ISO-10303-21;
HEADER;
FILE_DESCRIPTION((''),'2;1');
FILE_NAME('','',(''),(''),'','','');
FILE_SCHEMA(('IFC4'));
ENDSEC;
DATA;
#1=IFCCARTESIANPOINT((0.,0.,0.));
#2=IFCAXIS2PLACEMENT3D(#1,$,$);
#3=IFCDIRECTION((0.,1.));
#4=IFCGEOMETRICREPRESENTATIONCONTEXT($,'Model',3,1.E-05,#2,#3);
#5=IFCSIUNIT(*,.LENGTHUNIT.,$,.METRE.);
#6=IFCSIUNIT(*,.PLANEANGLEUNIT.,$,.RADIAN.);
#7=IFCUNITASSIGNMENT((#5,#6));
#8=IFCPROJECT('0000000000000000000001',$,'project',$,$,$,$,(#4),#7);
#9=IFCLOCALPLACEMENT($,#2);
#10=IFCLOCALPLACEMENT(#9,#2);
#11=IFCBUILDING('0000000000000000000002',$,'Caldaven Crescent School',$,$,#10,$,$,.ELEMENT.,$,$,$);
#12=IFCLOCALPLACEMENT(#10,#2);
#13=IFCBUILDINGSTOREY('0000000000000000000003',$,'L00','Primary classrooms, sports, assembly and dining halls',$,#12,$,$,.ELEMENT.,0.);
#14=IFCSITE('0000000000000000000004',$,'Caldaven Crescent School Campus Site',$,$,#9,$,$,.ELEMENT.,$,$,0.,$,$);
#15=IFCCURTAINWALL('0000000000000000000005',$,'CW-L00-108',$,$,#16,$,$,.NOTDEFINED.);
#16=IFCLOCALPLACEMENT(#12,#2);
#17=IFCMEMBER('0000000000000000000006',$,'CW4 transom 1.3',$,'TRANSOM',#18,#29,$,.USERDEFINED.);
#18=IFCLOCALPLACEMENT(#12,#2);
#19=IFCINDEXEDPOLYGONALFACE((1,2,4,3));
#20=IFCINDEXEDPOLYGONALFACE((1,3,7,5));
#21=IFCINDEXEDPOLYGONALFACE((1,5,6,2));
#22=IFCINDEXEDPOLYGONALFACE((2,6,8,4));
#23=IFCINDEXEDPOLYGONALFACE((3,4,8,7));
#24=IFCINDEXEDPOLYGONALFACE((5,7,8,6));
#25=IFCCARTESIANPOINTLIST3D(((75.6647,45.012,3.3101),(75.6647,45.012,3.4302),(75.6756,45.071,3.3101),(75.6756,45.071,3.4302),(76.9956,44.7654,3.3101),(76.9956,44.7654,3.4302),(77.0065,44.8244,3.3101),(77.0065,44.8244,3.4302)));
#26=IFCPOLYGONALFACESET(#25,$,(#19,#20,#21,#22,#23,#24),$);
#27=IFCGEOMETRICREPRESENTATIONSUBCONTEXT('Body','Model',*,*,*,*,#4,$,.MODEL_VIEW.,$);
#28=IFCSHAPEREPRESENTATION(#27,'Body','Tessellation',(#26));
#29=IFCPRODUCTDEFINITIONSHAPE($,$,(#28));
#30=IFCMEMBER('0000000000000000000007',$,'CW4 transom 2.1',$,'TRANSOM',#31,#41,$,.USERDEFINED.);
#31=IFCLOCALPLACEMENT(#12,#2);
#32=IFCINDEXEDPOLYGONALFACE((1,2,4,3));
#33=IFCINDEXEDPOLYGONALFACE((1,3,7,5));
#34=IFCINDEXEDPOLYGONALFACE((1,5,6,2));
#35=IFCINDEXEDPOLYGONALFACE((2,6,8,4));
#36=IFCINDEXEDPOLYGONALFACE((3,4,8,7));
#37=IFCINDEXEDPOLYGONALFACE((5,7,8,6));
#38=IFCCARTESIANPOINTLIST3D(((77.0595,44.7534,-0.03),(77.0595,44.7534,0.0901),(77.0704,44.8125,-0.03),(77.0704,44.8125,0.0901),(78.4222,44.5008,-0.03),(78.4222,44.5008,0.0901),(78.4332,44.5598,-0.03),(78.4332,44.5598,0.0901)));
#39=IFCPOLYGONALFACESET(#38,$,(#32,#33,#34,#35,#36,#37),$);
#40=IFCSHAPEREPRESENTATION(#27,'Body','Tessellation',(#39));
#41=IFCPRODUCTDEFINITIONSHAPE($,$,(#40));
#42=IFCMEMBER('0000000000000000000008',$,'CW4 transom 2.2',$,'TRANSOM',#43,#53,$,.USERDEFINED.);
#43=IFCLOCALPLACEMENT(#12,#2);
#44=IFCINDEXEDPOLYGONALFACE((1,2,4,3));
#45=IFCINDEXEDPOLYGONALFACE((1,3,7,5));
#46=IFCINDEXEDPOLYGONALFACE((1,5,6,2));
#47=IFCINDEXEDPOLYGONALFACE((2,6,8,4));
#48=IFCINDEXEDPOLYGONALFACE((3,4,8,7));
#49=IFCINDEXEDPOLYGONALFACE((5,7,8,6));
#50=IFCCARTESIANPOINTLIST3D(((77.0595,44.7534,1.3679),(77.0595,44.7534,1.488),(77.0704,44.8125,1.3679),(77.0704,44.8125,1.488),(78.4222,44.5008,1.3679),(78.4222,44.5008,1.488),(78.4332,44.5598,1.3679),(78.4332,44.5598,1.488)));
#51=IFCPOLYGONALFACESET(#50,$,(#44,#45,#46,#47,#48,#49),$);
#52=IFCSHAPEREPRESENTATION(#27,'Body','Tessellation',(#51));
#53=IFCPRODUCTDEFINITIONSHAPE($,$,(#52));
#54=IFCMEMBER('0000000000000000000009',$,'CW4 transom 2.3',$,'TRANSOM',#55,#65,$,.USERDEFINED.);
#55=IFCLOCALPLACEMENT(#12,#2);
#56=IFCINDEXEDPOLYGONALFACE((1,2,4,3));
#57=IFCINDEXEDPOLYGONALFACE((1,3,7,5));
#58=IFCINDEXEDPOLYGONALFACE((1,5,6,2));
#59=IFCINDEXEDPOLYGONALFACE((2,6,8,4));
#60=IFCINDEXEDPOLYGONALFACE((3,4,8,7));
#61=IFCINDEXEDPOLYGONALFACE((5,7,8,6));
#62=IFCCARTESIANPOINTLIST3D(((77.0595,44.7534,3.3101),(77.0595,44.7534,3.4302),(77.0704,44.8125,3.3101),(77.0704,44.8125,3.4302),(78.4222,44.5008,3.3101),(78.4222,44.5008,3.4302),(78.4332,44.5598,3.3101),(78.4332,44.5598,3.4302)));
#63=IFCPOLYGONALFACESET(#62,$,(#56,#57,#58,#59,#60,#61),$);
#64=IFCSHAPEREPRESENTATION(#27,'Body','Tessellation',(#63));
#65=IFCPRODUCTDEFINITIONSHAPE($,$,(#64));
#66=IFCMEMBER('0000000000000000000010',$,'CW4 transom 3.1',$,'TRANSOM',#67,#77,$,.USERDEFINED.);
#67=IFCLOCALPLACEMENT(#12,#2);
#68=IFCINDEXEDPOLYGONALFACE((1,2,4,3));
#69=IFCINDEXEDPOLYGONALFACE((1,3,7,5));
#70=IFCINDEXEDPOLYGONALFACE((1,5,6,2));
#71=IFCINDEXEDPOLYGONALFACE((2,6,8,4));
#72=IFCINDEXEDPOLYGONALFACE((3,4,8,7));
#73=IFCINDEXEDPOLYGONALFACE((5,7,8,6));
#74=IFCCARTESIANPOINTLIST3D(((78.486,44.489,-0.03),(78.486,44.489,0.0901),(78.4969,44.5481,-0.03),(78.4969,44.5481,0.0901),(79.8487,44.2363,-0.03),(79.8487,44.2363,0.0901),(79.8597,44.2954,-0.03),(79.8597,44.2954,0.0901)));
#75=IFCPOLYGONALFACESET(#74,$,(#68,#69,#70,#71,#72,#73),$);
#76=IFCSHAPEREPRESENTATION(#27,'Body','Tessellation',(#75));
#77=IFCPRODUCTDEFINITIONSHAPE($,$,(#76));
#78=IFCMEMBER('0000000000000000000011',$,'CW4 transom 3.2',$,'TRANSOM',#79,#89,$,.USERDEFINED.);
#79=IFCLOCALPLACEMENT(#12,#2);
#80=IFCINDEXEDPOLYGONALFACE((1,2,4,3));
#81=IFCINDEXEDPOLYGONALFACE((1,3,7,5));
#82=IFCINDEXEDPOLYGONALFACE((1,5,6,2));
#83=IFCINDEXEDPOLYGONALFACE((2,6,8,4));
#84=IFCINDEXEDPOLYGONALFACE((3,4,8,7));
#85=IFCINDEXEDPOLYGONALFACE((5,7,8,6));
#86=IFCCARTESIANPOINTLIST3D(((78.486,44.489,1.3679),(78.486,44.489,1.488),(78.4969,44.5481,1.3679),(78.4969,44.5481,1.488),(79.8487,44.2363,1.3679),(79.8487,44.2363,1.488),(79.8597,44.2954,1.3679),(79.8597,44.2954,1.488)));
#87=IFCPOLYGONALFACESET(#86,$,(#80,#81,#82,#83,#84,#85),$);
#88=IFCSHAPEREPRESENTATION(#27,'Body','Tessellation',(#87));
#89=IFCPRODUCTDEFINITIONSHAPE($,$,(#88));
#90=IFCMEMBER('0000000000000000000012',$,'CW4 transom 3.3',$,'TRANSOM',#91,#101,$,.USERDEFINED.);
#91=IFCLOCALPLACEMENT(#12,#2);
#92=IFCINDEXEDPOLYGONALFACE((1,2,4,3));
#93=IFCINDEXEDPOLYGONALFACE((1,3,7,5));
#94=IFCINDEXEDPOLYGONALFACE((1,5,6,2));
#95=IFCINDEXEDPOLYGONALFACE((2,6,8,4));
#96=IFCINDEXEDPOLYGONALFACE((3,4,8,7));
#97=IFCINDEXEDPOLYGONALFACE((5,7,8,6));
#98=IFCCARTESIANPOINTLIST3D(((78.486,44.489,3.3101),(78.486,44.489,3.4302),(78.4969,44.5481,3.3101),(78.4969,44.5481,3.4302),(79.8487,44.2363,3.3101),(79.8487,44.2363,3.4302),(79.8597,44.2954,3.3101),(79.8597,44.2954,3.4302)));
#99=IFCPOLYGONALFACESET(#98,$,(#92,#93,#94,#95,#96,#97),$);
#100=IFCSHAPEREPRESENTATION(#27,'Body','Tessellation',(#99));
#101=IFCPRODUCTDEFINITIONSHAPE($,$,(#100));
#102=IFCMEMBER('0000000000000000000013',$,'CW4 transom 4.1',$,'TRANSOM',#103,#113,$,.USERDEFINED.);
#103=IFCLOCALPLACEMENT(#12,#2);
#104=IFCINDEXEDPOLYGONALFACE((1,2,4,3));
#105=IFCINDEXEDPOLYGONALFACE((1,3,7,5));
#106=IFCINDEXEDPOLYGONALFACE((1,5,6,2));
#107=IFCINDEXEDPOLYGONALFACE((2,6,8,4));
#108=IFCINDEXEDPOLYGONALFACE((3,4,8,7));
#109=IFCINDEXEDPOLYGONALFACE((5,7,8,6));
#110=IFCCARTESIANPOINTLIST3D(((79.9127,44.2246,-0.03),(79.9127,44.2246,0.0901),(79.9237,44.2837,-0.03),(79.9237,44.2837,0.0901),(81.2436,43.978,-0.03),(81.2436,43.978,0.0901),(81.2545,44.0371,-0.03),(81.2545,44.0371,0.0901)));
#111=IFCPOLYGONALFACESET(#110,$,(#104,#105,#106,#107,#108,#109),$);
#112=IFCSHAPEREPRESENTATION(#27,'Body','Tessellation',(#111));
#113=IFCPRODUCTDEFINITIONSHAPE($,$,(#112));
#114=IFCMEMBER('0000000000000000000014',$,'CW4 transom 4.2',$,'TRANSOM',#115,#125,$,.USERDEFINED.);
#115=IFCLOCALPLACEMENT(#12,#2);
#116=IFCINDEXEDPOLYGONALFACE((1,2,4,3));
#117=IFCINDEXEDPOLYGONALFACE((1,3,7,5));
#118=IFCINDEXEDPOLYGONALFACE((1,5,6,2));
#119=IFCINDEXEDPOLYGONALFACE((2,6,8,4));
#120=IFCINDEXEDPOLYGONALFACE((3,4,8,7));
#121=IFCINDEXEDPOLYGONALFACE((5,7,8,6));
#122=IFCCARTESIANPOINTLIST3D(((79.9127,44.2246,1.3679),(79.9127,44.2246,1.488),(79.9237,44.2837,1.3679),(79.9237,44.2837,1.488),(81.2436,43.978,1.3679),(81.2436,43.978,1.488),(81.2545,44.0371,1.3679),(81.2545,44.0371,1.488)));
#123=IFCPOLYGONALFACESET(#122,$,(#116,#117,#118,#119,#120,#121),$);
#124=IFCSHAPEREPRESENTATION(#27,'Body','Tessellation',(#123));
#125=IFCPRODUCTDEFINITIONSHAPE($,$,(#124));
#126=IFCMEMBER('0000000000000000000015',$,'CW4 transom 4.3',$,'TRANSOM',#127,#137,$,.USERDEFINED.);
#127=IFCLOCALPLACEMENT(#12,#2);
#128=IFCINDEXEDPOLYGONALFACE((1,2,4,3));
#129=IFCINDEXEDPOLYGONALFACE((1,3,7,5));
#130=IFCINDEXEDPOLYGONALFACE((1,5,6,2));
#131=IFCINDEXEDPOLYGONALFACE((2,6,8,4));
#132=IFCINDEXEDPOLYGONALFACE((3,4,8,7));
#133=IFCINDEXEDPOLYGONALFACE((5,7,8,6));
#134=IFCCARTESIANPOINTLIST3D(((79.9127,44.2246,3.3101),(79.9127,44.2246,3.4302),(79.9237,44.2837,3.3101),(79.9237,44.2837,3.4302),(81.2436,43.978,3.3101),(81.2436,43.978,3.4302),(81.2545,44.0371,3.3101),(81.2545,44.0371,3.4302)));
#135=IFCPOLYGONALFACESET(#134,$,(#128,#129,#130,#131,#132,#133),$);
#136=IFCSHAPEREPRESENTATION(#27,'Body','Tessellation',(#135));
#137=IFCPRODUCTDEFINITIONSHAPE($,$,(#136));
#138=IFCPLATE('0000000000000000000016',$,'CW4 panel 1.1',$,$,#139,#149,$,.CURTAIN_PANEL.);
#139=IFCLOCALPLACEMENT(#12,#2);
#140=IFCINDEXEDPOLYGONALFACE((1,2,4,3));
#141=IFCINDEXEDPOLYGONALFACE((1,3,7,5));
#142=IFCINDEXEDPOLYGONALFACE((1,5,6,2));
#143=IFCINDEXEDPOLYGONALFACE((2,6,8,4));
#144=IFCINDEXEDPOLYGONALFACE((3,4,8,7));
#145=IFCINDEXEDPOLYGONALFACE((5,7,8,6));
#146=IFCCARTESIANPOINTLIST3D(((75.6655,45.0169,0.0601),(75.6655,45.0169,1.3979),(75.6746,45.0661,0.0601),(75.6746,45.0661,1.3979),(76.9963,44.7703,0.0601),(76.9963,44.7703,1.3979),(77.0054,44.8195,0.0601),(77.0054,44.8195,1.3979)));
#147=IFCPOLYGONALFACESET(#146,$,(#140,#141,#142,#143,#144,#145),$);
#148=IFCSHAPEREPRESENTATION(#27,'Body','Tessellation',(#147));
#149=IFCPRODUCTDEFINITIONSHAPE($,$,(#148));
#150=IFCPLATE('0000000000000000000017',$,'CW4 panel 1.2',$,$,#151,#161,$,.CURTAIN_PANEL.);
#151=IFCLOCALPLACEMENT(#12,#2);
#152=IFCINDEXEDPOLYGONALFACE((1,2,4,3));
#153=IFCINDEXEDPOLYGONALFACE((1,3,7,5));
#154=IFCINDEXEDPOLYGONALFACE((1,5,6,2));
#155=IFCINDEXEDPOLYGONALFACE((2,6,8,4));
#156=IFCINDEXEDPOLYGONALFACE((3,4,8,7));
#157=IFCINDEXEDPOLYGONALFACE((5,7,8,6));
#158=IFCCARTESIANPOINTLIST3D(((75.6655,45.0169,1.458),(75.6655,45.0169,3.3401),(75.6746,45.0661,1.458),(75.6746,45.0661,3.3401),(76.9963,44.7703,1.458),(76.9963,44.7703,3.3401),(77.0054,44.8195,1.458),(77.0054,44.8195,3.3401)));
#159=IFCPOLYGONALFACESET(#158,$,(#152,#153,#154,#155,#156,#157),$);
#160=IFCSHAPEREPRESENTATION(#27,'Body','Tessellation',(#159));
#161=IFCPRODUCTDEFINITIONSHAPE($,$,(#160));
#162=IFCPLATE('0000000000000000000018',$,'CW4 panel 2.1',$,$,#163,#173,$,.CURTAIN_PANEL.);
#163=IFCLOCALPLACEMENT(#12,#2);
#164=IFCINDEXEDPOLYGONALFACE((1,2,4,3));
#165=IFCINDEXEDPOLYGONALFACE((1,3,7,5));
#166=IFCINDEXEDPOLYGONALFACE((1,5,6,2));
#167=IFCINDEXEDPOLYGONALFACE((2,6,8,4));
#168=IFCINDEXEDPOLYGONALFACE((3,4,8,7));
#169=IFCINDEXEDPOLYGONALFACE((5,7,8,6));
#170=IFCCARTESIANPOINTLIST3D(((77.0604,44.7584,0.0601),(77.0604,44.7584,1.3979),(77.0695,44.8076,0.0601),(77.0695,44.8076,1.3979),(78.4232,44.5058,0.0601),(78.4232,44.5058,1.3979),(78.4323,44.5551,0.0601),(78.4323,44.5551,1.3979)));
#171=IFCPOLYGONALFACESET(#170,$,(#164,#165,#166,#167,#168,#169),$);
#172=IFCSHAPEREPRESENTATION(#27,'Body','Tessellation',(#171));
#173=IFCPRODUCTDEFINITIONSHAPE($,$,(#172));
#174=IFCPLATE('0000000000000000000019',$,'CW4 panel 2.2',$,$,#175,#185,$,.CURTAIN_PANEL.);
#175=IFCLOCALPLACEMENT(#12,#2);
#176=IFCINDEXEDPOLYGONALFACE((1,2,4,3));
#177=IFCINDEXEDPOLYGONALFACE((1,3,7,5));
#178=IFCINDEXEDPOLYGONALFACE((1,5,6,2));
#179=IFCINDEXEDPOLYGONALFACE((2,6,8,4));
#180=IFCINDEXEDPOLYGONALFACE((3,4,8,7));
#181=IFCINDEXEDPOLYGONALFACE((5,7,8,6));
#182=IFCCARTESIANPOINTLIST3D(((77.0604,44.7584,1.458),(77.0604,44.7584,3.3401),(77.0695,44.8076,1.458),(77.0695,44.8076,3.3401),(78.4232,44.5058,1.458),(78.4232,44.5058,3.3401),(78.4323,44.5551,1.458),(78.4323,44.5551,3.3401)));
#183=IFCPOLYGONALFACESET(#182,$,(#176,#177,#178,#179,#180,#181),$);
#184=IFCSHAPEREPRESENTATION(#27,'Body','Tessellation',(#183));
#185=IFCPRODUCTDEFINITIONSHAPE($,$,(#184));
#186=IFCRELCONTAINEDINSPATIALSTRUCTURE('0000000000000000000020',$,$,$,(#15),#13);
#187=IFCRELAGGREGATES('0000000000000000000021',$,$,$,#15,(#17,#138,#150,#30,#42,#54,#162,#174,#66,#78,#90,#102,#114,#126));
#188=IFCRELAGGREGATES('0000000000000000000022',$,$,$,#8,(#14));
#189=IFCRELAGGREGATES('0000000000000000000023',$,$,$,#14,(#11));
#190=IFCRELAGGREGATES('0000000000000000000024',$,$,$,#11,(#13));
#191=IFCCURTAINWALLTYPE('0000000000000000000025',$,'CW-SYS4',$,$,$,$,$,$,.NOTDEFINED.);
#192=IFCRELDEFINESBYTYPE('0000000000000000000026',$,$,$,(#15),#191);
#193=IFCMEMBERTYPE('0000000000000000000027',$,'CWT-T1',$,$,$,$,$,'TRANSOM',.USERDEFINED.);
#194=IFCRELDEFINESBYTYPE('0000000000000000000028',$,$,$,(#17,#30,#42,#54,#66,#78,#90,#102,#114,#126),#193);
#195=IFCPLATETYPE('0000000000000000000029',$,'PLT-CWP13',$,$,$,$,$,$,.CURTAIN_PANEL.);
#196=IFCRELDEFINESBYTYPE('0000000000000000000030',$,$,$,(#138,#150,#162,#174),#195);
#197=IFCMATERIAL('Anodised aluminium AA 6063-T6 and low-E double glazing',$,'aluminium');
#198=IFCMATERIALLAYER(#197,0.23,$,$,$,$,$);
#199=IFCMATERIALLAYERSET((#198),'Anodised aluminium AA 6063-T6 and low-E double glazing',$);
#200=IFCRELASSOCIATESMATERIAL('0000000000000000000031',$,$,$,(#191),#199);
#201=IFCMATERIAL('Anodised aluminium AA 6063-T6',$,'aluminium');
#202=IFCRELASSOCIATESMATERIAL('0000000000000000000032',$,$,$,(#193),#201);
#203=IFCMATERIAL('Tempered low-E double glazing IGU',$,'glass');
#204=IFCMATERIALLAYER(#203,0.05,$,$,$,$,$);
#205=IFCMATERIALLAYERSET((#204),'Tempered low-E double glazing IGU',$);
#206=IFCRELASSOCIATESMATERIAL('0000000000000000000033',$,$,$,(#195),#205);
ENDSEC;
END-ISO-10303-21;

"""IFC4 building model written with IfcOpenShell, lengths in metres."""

from ifc_helpers import new_model, si_unit, direction, frame, origin, origin_2d, place, context, subcontext, project, spatial, rectangle, extrude, material, layer, layer_set, material_profile, profile_set, type_object, element, aggregate, save


model = new_model("IFC4")

# Units and contexts
model_context = context("Model", 3, precision=1e-05, world=origin(), true_north=direction((0.0, 1.0)))
body_context = subcontext(model_context, "Body", "Model", "MODEL_VIEW")
ifc_project = project(units=[si_unit("LENGTHUNIT", "METRE"), si_unit("PLANEANGLEUNIT", "RADIAN")], contexts=[model_context])

# Site, building, storey
site_placement = place(None, origin())
site = spatial("IfcSite", under=ifc_project, at=site_placement, Name="Caldaven Crescent School Campus Site", CompositionType="ELEMENT", RefElevation=0.0)
building_placement = place(site_placement, origin())
building = spatial("IfcBuilding", under=site, at=building_placement, Name="Caldaven Crescent School", CompositionType="ELEMENT")
storey_placement = place(building_placement, origin())
storey = spatial("IfcBuildingStorey", under=building, at=storey_placement, Name="L00", Description="Primary classrooms, sports, assembly and dining halls", CompositionType="ELEMENT", Elevation=0.0)

# Curtain wall, members, plates
ifc_material_1 = material(Name="Anodised aluminium AA 6063-T6 and low-E double glazing", Category="aluminium")
ifc_layer_1 = layer(ifc_material_1, 0.23)
ifc_layer_set_1 = layer_set([ifc_layer_1], Name="Anodised aluminium AA 6063-T6 and low-E double glazing")
curtain_wall_type = type_object("IfcCurtainWallType", Name="CW-SYS4", PredefinedType="NOTDEFINED", material=ifc_layer_set_1)
curtain_wall_placement = place(storey_placement, origin())
curtain_wall = element("IfcCurtainWall", 1, at=curtain_wall_placement, inside=storey, type_object=curtain_wall_type, Name="CW-L00-108", PredefinedType="NOTDEFINED")
ifc_material_2 = material(Name="Anodised aluminium AA 6063-T6", Category="aluminium")
ifc_material_profile_1 = material_profile(ifc_material_2, rectangle(XDim=0.0601, YDim=0.1201, at=origin_2d()), Name="CWT 60x120")
ifc_profile_set_1 = profile_set([ifc_material_profile_1], Name="Anodised aluminium AA 6063-T6")
member_type_1 = type_object("IfcMemberType", Name="CWT-T1", ElementType="TRANSOM", PredefinedType="USERDEFINED", material=ifc_profile_set_1)
member_1_placement = place(storey_placement, frame((75.6702, 45.0415, 3.3701), z_axis=(0.983264, -0.182186, 0.0), x_axis=(0.182186, 0.983264, 0.0)))
member_1 = element("IfcMember", 2, at=member_1_placement, type_object=member_type_1, Name="CW4 transom 1.3", ObjectType="TRANSOM", PredefinedType="USERDEFINED", context=body_context, shape_type="SweptSolid", body=[
    extrude(rectangle(XDim=0.0601, YDim=0.1201, at=origin_2d()), origin(), (0.0, 0.0, 1.0), 1.3535),
])
member_2_placement = place(storey_placement, frame((77.0649, 44.783, 0.03), z_axis=(0.983241, -0.18231, 0.0), x_axis=(0.18231, 0.983241, 0.0)))
member_2 = element("IfcMember", 3, at=member_2_placement, type_object=member_type_1, Name="CW4 transom 2.1", ObjectType="TRANSOM", PredefinedType="USERDEFINED", context=body_context, shape_type="SweptSolid", body=[
    extrude(rectangle(XDim=0.0601, YDim=0.1201, at=origin_2d()), origin(), (0.0, 0.0, 1.0), 1.386),
])
member_3_placement = place(storey_placement, frame((77.0649, 44.783, 1.428), z_axis=(0.983241, -0.18231, 0.0), x_axis=(0.18231, 0.983241, 0.0)))
member_3 = element("IfcMember", 4, at=member_3_placement, type_object=member_type_1, Name="CW4 transom 2.2", ObjectType="TRANSOM", PredefinedType="USERDEFINED", context=body_context, shape_type="SweptSolid", body=[
    extrude(rectangle(XDim=0.0601, YDim=0.1201, at=origin_2d()), origin(), (0.0, 0.0, 1.0), 1.386),
])
member_4_placement = place(storey_placement, frame((77.0649, 44.783, 3.3701), z_axis=(0.983241, -0.18231, 0.0), x_axis=(0.18231, 0.983241, 0.0)))
member_4 = element("IfcMember", 5, at=member_4_placement, type_object=member_type_1, Name="CW4 transom 2.3", ObjectType="TRANSOM", PredefinedType="USERDEFINED", context=body_context, shape_type="SweptSolid", body=[
    extrude(rectangle(XDim=0.0601, YDim=0.1201, at=origin_2d()), origin(), (0.0, 0.0, 1.0), 1.386),
])
member_5_placement = place(storey_placement, frame((78.4915, 44.5186, 0.03), z_axis=(0.983241, -0.18231, 0.0), x_axis=(0.18231, 0.983241, 0.0)))
member_5 = element("IfcMember", 6, at=member_5_placement, type_object=member_type_1, Name="CW4 transom 3.1", ObjectType="TRANSOM", PredefinedType="USERDEFINED", context=body_context, shape_type="SweptSolid", body=[
    extrude(rectangle(XDim=0.0601, YDim=0.1201, at=origin_2d()), origin(), (0.0, 0.0, 1.0), 1.386),
])
member_6_placement = place(storey_placement, frame((78.4915, 44.5186, 1.428), z_axis=(0.983241, -0.18231, 0.0), x_axis=(0.18231, 0.983241, 0.0)))
member_6 = element("IfcMember", 7, at=member_6_placement, type_object=member_type_1, Name="CW4 transom 3.2", ObjectType="TRANSOM", PredefinedType="USERDEFINED", context=body_context, shape_type="SweptSolid", body=[
    extrude(rectangle(XDim=0.0601, YDim=0.1201, at=origin_2d()), origin(), (0.0, 0.0, 1.0), 1.386),
])
member_7_placement = place(storey_placement, frame((78.4915, 44.5186, 3.3701), z_axis=(0.983241, -0.18231, 0.0), x_axis=(0.18231, 0.983241, 0.0)))
member_7 = element("IfcMember", 8, at=member_7_placement, type_object=member_type_1, Name="CW4 transom 3.3", ObjectType="TRANSOM", PredefinedType="USERDEFINED", context=body_context, shape_type="SweptSolid", body=[
    extrude(rectangle(XDim=0.0601, YDim=0.1201, at=origin_2d()), origin(), (0.0, 0.0, 1.0), 1.386),
])
member_8_placement = place(storey_placement, frame((79.9182, 44.2542, 0.03), z_axis=(0.983264, -0.182186, 0.0), x_axis=(0.182186, 0.983264, 0.0)))
member_8 = element("IfcMember", 9, at=member_8_placement, type_object=member_type_1, Name="CW4 transom 4.1", ObjectType="TRANSOM", PredefinedType="USERDEFINED", context=body_context, shape_type="SweptSolid", body=[
    extrude(rectangle(XDim=0.0601, YDim=0.1201, at=origin_2d()), origin(), (0.0, 0.0, 1.0), 1.3535),
])
member_9_placement = place(storey_placement, frame((79.9182, 44.2542, 1.428), z_axis=(0.983264, -0.182186, 0.0), x_axis=(0.182186, 0.983264, 0.0)))
member_9 = element("IfcMember", 10, at=member_9_placement, type_object=member_type_1, Name="CW4 transom 4.2", ObjectType="TRANSOM", PredefinedType="USERDEFINED", context=body_context, shape_type="SweptSolid", body=[
    extrude(rectangle(XDim=0.0601, YDim=0.1201, at=origin_2d()), origin(), (0.0, 0.0, 1.0), 1.3535),
])
member_10_placement = place(storey_placement, frame((79.9182, 44.2542, 3.3701), z_axis=(0.983264, -0.182186, 0.0), x_axis=(0.182186, 0.983264, 0.0)))
member_10 = element("IfcMember", 11, at=member_10_placement, type_object=member_type_1, Name="CW4 transom 4.3", ObjectType="TRANSOM", PredefinedType="USERDEFINED", context=body_context, shape_type="SweptSolid", body=[
    extrude(rectangle(XDim=0.0601, YDim=0.1201, at=origin_2d()), origin(), (0.0, 0.0, 1.0), 1.3535),
])
ifc_material_3 = material(Name="Tempered low-E double glazing IGU", Category="glass")
ifc_layer_2 = layer(ifc_material_3, 0.05)
ifc_layer_set_2 = layer_set([ifc_layer_2], Name="Tempered low-E double glazing IGU")
plate_type = type_object("IfcPlateType", Name="PLT-CWP13", PredefinedType="CURTAIN_PANEL", material=ifc_layer_set_2)
plate_1_placement = place(storey_placement, frame((76.3354, 44.9182, 0.0601), z_axis=(0.0, 0.0, 1.0), x_axis=(0.983255, -0.182236, 0.0)))
plate_1 = element("IfcPlate", 12, at=plate_1_placement, type_object=plate_type, Name="CW4 panel 1.1", PredefinedType="CURTAIN_PANEL", context=body_context, shape_type="SweptSolid", body=[
    extrude(rectangle(XDim=1.3535, YDim=0.05, at=origin_2d()), origin(), (0.0, 0.0, 1.0), 1.3379),
])
plate_2_placement = place(storey_placement, frame((76.3354, 44.9182, 1.458), z_axis=(0.0, 0.0, 1.0), x_axis=(0.983255, -0.182236, 0.0)))
plate_2 = element("IfcPlate", 13, at=plate_2_placement, type_object=plate_type, Name="CW4 panel 1.2", PredefinedType="CURTAIN_PANEL", context=body_context, shape_type="SweptSolid", body=[
    extrude(rectangle(XDim=1.3535, YDim=0.05, at=origin_2d()), origin(), (0.0, 0.0, 1.0), 1.8821),
])
plate_3_placement = place(storey_placement, frame((77.7463, 44.6567, 0.0601), z_axis=(0.0, 0.0, 1.0), x_axis=(0.983255, -0.182236, 0.0)))
plate_3 = element("IfcPlate", 14, at=plate_3_placement, type_object=plate_type, Name="CW4 panel 2.1", PredefinedType="CURTAIN_PANEL", context=body_context, shape_type="SweptSolid", body=[
    extrude(rectangle(XDim=1.386, YDim=0.05, at=origin_2d()), origin(), (0.0, 0.0, 1.0), 1.3379),
])
plate_4_placement = place(storey_placement, frame((77.7463, 44.6567, 1.458), z_axis=(0.0, 0.0, 1.0), x_axis=(0.983255, -0.182236, 0.0)))
plate_4 = element("IfcPlate", 15, at=plate_4_placement, type_object=plate_type, Name="CW4 panel 2.2", PredefinedType="CURTAIN_PANEL", context=body_context, shape_type="SweptSolid", body=[
    extrude(rectangle(XDim=1.386, YDim=0.05, at=origin_2d()), origin(), (0.0, 0.0, 1.0), 1.8821),
])
aggregate(curtain_wall, [member_1, plate_1, plate_2, member_2, member_3, member_4, plate_3, plate_4, member_5, member_6, member_7, member_8, member_9, member_10])

save(model, "model.ifc")
